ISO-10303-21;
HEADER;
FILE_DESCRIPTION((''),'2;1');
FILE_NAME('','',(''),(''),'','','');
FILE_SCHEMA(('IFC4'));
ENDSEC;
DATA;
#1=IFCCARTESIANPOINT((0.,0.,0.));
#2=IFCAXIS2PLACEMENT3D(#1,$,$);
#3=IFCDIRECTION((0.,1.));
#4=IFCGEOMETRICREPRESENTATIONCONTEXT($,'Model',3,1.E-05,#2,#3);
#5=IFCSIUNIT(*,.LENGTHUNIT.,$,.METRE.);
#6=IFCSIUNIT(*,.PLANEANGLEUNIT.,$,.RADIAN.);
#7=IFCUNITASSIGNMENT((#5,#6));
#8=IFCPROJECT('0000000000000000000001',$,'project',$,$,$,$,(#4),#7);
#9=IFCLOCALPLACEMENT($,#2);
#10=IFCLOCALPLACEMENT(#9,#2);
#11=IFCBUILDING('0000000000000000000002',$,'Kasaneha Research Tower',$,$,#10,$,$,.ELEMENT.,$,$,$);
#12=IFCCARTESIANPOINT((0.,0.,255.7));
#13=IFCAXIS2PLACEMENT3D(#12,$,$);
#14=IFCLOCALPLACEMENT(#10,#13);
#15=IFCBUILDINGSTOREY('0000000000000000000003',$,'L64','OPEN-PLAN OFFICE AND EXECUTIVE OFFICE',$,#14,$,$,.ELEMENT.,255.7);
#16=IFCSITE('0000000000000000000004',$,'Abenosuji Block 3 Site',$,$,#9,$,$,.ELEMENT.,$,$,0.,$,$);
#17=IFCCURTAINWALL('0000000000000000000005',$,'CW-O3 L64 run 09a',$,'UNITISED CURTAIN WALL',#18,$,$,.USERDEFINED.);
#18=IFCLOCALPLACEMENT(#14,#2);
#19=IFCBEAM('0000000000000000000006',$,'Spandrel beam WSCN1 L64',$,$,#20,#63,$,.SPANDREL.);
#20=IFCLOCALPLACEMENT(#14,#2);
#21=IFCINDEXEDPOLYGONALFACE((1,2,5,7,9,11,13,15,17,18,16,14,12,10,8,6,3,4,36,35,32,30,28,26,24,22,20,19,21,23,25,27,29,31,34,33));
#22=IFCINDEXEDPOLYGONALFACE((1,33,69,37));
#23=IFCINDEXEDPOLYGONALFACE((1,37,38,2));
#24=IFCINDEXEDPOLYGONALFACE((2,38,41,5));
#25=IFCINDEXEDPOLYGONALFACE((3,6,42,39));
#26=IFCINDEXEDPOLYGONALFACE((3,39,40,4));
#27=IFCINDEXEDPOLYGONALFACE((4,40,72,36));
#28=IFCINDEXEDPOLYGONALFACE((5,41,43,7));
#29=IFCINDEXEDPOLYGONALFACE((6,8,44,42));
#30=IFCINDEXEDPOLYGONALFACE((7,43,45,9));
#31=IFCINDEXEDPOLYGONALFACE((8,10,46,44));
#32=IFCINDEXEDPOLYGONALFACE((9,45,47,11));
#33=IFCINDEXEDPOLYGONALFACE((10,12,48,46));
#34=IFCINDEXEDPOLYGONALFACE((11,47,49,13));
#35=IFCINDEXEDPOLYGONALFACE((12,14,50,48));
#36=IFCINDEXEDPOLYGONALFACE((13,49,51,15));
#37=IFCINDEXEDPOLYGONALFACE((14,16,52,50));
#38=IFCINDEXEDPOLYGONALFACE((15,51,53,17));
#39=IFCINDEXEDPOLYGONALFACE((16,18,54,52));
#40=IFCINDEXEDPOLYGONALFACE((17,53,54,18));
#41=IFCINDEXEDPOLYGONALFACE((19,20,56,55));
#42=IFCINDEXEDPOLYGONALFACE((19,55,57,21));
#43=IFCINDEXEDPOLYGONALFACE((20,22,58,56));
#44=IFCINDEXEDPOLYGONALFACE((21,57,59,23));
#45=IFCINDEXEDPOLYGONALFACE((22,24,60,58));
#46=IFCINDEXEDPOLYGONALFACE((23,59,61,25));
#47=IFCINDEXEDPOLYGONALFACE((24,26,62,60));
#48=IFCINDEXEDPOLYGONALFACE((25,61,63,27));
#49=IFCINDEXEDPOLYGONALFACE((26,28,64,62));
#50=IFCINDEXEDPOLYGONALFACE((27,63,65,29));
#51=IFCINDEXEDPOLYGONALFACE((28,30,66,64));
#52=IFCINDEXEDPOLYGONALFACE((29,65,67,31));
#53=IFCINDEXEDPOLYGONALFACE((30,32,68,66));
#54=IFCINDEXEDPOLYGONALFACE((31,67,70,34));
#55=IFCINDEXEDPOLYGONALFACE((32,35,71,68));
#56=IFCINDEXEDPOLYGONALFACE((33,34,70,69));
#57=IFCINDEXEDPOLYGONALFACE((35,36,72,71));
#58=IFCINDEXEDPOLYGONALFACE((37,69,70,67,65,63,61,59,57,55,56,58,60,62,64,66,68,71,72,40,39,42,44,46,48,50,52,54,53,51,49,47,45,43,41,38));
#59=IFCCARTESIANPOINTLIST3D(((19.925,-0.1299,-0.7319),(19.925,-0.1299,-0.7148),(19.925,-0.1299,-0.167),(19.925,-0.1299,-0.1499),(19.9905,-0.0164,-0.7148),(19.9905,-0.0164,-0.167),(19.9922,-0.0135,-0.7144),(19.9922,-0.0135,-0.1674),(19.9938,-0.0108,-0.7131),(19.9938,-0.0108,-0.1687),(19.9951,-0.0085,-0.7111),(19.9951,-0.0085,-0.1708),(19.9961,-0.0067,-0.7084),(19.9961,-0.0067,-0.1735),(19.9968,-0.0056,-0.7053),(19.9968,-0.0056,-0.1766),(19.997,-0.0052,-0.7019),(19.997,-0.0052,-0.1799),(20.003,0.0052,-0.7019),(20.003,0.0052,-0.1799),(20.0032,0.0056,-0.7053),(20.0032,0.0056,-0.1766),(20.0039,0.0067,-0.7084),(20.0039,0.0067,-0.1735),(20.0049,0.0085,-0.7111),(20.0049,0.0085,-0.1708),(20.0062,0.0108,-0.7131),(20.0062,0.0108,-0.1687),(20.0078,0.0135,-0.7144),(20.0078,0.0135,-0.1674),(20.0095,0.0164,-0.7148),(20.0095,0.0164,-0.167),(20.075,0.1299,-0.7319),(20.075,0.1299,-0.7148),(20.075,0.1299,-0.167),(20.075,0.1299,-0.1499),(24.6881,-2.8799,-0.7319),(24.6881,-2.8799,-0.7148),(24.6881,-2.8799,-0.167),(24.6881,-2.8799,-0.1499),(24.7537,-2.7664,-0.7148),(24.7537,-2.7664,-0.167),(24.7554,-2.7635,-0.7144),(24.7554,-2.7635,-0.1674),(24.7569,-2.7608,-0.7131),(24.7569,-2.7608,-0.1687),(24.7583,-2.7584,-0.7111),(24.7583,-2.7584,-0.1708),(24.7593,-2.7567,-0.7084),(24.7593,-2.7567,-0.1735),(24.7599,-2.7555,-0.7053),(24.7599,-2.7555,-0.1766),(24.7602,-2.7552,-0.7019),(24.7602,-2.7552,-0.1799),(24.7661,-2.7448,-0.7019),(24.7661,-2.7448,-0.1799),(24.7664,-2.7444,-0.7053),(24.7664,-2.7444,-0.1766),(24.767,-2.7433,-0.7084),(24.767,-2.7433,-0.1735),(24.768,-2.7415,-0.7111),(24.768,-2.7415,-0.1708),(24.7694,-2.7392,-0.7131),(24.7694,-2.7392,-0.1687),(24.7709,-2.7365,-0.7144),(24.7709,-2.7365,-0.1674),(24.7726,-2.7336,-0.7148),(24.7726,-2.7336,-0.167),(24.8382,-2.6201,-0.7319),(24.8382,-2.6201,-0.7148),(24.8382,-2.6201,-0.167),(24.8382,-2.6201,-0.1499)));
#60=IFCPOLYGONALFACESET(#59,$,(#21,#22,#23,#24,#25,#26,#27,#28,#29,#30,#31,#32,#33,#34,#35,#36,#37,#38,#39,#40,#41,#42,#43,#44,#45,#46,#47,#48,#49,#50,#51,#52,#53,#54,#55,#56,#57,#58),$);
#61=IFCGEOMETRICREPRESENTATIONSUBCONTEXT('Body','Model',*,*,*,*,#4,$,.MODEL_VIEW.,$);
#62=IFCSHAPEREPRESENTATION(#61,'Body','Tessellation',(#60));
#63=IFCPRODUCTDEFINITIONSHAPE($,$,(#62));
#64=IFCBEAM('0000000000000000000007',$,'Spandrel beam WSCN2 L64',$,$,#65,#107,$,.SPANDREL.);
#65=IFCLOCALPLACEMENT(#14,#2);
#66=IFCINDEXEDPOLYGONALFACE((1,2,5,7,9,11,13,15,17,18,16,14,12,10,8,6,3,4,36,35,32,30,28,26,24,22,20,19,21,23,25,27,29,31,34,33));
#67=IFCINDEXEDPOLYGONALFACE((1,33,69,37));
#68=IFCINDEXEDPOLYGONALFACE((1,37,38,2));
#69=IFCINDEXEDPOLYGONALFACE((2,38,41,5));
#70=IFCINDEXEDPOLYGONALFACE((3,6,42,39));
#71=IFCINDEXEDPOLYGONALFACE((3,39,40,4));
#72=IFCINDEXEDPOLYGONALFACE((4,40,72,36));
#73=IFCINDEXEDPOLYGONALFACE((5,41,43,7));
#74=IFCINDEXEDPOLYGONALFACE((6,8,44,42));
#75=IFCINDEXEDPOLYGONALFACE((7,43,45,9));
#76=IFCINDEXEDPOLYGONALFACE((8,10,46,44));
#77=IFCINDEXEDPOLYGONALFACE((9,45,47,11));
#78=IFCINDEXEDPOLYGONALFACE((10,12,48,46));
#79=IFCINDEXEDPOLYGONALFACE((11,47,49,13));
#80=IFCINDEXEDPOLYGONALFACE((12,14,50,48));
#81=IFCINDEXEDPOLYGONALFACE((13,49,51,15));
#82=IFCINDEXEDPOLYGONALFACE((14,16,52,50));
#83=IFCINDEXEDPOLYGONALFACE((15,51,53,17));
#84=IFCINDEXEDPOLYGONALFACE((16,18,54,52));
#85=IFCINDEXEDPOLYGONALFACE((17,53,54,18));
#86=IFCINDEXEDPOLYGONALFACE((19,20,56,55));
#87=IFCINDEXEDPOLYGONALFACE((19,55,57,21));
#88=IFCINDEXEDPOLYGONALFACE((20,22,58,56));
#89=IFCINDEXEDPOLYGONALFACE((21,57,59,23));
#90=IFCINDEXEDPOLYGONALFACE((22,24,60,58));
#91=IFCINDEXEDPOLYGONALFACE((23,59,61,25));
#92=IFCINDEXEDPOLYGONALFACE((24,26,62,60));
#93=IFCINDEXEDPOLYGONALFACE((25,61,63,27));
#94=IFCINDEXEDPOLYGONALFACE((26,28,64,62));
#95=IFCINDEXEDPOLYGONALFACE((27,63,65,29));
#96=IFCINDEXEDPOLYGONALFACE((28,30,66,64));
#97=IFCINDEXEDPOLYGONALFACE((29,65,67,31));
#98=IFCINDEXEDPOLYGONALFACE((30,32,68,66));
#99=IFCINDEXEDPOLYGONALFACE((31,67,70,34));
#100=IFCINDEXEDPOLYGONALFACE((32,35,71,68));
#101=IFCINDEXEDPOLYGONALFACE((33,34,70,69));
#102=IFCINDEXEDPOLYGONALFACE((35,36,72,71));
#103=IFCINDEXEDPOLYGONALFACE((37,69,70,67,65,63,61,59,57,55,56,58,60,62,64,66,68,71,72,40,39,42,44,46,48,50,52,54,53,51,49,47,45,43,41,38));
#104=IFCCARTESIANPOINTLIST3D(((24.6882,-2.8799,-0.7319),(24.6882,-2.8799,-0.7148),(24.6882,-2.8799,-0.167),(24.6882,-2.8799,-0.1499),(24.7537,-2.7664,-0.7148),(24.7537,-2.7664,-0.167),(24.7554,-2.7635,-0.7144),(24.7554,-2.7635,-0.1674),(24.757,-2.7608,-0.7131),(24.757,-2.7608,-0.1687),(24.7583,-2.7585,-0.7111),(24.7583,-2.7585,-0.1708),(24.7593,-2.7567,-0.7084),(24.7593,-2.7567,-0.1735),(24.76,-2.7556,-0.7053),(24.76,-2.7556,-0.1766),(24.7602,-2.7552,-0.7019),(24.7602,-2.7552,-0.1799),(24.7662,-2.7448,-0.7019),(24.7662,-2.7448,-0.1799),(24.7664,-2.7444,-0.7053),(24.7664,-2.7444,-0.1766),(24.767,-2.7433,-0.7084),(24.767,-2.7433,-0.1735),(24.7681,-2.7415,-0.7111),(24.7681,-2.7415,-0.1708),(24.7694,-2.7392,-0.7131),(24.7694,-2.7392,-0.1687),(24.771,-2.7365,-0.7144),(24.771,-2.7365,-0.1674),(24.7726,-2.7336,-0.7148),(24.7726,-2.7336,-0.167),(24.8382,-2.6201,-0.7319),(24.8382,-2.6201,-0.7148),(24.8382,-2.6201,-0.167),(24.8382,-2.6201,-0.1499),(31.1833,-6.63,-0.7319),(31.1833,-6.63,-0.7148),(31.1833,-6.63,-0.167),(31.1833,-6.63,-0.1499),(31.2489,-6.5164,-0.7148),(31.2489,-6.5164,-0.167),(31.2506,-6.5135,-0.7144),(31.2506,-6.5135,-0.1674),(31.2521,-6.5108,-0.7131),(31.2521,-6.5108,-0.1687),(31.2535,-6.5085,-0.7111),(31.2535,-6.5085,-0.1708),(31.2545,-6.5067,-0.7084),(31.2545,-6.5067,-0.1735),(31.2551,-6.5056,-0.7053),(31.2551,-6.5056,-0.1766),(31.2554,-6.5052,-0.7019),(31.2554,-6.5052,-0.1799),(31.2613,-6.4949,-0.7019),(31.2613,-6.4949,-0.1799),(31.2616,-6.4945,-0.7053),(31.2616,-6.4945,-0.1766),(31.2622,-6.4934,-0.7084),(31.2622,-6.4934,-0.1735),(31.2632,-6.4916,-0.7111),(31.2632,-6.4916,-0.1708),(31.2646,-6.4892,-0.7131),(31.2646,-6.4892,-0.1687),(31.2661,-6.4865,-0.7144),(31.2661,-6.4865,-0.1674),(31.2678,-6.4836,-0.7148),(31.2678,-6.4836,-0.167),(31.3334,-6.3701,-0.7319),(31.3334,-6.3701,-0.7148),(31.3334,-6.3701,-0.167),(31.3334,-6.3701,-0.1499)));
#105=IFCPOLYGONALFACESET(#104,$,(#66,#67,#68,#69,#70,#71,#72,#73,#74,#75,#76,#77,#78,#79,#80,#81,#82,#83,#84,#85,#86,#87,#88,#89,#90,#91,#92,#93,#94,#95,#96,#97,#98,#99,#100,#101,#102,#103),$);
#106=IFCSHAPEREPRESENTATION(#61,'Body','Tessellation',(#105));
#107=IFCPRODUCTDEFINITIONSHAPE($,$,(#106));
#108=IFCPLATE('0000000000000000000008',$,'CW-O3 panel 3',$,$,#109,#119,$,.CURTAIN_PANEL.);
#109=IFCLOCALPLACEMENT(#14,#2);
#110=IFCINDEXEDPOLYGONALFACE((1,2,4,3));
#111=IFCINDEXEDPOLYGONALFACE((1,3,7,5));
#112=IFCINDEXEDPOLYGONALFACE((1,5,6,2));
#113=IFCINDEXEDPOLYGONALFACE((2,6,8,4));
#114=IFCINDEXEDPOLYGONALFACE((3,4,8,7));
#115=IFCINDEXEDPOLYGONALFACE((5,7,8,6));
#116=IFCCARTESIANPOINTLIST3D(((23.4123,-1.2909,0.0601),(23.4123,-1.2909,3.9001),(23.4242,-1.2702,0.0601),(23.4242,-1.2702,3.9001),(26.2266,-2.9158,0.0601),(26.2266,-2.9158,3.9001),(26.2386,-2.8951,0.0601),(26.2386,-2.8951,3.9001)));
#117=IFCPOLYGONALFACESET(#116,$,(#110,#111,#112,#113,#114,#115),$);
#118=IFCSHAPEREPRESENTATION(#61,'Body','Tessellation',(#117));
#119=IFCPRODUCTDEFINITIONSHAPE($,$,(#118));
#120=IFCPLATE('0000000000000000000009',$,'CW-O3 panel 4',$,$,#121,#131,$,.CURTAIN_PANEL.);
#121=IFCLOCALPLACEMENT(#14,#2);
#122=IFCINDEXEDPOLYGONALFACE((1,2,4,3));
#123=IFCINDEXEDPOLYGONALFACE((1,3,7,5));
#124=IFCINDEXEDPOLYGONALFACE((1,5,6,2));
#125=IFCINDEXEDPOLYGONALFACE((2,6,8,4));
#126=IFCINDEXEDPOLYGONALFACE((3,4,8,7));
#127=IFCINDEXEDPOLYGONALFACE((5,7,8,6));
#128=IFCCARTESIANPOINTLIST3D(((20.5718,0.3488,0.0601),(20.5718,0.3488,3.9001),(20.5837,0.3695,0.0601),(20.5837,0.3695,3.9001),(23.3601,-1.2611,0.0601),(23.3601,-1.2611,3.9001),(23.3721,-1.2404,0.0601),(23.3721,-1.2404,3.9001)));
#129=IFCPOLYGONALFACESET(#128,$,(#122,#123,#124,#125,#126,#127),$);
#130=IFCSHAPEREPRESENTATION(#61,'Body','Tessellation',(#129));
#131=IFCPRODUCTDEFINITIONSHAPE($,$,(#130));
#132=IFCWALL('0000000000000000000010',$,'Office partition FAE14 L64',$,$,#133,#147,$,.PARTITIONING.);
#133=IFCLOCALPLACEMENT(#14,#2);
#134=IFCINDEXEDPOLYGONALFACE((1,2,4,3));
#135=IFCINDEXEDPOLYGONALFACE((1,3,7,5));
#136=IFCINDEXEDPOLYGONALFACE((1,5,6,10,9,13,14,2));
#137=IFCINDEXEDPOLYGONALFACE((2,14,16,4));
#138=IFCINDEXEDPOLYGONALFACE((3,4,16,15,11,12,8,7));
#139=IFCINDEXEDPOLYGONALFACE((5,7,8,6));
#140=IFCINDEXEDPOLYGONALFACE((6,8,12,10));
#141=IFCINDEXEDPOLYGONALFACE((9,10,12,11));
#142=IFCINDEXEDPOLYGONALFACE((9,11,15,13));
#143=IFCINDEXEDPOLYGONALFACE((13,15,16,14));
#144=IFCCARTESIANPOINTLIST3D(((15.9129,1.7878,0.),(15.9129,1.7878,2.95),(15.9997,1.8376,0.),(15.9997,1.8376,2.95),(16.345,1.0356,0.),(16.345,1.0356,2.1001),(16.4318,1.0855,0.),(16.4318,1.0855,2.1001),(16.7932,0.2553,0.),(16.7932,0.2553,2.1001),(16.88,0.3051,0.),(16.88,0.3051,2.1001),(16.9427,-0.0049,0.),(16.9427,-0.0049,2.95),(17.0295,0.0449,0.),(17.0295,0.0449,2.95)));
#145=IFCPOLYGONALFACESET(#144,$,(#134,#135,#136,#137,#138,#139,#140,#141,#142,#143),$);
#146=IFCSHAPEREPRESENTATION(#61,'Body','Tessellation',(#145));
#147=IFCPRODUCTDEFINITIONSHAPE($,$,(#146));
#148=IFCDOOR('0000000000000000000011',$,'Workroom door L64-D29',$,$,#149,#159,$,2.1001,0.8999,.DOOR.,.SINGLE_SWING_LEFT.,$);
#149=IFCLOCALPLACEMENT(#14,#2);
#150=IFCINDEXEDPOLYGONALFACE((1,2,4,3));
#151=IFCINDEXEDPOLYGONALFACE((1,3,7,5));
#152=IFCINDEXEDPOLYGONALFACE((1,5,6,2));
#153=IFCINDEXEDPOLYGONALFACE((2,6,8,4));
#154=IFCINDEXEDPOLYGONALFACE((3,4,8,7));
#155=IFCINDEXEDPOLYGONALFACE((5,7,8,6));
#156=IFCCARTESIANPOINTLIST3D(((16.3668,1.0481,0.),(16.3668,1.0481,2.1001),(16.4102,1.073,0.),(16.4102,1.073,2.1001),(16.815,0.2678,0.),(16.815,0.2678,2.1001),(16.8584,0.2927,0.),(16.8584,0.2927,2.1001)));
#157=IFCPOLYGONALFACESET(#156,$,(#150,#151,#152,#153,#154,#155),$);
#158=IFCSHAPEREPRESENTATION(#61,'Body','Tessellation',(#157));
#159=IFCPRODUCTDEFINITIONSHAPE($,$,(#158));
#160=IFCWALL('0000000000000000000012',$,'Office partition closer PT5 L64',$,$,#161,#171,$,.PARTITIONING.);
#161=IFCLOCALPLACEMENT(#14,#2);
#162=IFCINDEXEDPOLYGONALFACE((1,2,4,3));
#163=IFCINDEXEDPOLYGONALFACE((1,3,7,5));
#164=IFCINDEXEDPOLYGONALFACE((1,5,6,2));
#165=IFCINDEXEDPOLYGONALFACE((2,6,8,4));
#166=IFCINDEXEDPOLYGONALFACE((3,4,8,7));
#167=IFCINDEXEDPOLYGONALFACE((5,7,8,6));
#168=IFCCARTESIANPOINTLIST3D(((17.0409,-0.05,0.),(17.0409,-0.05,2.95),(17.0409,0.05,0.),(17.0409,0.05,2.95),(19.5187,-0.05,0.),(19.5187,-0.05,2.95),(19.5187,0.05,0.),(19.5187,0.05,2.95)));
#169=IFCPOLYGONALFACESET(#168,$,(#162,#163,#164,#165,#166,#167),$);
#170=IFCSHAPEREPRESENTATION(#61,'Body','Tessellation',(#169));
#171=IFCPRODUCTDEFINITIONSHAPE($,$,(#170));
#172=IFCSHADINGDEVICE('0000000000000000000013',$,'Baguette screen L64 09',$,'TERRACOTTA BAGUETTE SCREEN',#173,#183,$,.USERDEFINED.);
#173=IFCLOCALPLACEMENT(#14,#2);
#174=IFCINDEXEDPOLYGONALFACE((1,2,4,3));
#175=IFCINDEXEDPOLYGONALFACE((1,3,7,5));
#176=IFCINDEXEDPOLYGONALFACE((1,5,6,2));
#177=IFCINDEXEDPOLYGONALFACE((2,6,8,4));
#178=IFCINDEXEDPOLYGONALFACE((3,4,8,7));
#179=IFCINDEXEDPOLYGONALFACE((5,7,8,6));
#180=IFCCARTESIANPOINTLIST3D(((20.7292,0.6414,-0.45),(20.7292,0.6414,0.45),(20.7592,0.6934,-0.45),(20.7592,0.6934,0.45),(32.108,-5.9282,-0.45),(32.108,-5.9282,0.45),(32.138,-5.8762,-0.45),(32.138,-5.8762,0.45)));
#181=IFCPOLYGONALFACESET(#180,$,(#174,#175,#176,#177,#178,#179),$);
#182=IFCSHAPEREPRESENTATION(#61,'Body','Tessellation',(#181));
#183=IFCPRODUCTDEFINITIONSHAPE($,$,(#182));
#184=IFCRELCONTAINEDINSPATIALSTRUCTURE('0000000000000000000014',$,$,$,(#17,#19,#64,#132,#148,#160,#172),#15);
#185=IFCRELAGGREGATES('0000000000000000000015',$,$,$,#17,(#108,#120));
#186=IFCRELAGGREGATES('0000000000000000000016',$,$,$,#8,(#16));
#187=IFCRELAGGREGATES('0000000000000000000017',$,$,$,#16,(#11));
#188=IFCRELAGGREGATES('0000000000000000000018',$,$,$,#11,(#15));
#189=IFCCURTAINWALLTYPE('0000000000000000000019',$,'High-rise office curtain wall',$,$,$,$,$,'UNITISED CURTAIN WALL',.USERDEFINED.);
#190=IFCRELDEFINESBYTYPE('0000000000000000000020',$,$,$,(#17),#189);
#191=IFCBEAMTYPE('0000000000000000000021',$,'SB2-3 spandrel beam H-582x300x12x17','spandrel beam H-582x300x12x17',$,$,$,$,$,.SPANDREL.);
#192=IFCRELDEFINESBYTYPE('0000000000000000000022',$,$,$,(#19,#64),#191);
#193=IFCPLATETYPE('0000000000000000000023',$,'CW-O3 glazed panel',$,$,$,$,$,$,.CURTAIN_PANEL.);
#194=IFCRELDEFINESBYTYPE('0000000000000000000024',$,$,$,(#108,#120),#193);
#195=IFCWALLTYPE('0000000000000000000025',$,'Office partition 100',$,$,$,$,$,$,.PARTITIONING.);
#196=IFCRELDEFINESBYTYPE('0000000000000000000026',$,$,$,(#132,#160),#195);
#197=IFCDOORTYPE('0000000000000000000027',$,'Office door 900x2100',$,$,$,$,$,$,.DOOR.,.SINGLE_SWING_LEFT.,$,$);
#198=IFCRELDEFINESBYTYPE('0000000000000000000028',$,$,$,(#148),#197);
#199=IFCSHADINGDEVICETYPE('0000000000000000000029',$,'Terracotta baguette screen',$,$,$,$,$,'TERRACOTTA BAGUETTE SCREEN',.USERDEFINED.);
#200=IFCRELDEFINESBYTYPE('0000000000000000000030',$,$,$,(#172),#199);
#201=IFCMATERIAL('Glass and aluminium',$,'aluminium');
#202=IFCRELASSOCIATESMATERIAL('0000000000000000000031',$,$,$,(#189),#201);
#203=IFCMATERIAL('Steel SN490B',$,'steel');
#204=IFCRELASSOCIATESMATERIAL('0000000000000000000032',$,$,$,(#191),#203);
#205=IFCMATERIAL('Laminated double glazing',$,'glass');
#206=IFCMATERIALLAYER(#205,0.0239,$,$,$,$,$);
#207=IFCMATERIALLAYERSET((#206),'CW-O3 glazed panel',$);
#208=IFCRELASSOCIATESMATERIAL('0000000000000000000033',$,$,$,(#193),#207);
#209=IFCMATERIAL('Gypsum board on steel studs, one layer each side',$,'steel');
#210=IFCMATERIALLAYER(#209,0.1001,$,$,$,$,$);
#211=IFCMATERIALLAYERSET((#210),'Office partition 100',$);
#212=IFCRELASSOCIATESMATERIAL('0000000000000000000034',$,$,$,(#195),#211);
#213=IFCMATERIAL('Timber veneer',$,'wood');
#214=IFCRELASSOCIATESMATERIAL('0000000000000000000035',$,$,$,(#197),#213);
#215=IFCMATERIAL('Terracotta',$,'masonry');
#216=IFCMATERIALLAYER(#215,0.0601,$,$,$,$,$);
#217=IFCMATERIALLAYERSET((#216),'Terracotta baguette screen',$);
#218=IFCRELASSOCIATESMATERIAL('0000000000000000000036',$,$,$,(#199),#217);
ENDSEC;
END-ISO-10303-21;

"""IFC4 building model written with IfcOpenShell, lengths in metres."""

from ifc_helpers import new_model, si_unit, direction, frame, frame_2d, origin, origin_2d, place, context, subcontext, project, spatial, rectangle, i_section, extrude, material, layer, layer_set, material_profile, profile_set, type_object, element, fill, aggregate, save


model = new_model("IFC4")

# Units and contexts
model_context = context("Model", 3, precision=1e-05, world=origin(), true_north=direction((0.0, 1.0)))
body_context = subcontext(model_context, "Body", "Model", "MODEL_VIEW")
ifc_project = project(units=[si_unit("LENGTHUNIT", "METRE"), si_unit("PLANEANGLEUNIT", "RADIAN")], contexts=[model_context])

# Site, building, storey
site_placement = place(None, origin())
site = spatial("IfcSite", under=ifc_project, at=site_placement, Name="Abenosuji Block 3 Site", CompositionType="ELEMENT", RefElevation=0.0)
building_placement = place(site_placement, origin())
building = spatial("IfcBuilding", under=site, at=building_placement, Name="Kasaneha Research Tower", CompositionType="ELEMENT")
storey_placement = place(building_placement, frame((0.0, 0.0, 255.7)))
storey = spatial("IfcBuildingStorey", under=building, at=storey_placement, Name="L64", Description="OPEN-PLAN OFFICE AND EXECUTIVE OFFICE", CompositionType="ELEMENT", Elevation=255.7)

# Curtain wall
ifc_material_1 = material(Name="Glass and aluminium", Category="aluminium")
curtain_wall_type = type_object("IfcCurtainWallType", Name="High-rise office curtain wall", ElementType="UNITISED CURTAIN WALL", PredefinedType="USERDEFINED", material=ifc_material_1)
curtain_wall_placement = place(storey_placement, origin())
curtain_wall = element("IfcCurtainWall", 1, at=curtain_wall_placement, inside=storey, type_object=curtain_wall_type, Name="CW-O3 L64 run 09a", ObjectType="UNITISED CURTAIN WALL", PredefinedType="USERDEFINED")

# Beams
ifc_material_2 = material(Name="Steel SN490B", Category="steel")
ifc_material_profile_1 = material_profile(ifc_material_2, i_section(OverallWidth=0.3, OverallDepth=0.582, WebThickness=0.012, FlangeThickness=0.0171, FilletRadius=0.0129, at=origin_2d()), Name="H-582x300x12x17")
ifc_profile_set_1 = profile_set([ifc_material_profile_1], Name="Steel SN490B")
beam_type_1 = type_object("IfcBeamType", Name="SB2-3 spandrel beam H-582x300x12x17", Description="spandrel beam H-582x300x12x17", PredefinedType="SPANDREL", material=ifc_profile_set_1)
beam_1_placement = place(storey_placement, frame((20.0, 0.0, -0.4409), z_axis=(0.866027, -0.499997, 0.0), x_axis=(0.499997, 0.866027, 0.0)))
element("IfcBeam", 2, at=beam_1_placement, inside=storey, type_object=beam_type_1, Name="Spandrel beam WSCN1 L64", PredefinedType="SPANDREL", context=body_context, shape_type="SweptSolid", body=[
    extrude(i_section(OverallWidth=0.3, OverallDepth=0.582, WebThickness=0.012, FlangeThickness=0.0171, FilletRadius=0.0129, at=origin_2d()), origin(), (0.0, 0.0, 1.0), 5.5),
])
beam_2_placement = place(storey_placement, frame((24.7632, -2.75, -0.4409), z_axis=(0.866023, -0.500004, 0.0), x_axis=(0.500004, 0.866023, 0.0)))
element("IfcBeam", 3, at=beam_2_placement, inside=storey, type_object=beam_type_1, Name="Spandrel beam WSCN2 L64", PredefinedType="SPANDREL", context=body_context, shape_type="SweptSolid", body=[
    extrude(i_section(OverallWidth=0.3, OverallDepth=0.582, WebThickness=0.012, FlangeThickness=0.0171, FilletRadius=0.0129, at=origin_2d()), origin(), (0.0, 0.0, 1.0), 7.5),
])

# Plates
ifc_material_3 = material(Name="Laminated double glazing", Category="glass")
ifc_layer_1 = layer(ifc_material_3, 0.0239)
ifc_layer_set_1 = layer_set([ifc_layer_1], Name="CW-O3 glazed panel")
plate_type = type_object("IfcPlateType", Name="CW-O3 glazed panel", PredefinedType="CURTAIN_PANEL", material=ifc_layer_set_1)
plate_1_placement = place(storey_placement, frame((24.8254, -2.093, 0.0601), z_axis=(0.0, 0.0, 1.0), x_axis=(-0.866025, 0.5, 0.0)))
plate_1 = element("IfcPlate", 4, at=plate_1_placement, type_object=plate_type, Name="CW-O3 panel 3", PredefinedType="CURTAIN_PANEL", context=body_context, shape_type="SweptSolid", body=[
    extrude(rectangle(XDim=3.2498, YDim=0.0239, at=origin_2d()), origin(), (0.0, 0.0, 1.0), 3.8401),
])
plate_2_placement = place(storey_placement, frame((21.9719, -0.4458, 0.0601), z_axis=(0.0, 0.0, 1.0), x_axis=(-0.866025, 0.5, 0.0)))
plate_2 = element("IfcPlate", 5, at=plate_2_placement, type_object=plate_type, Name="CW-O3 panel 4", PredefinedType="CURTAIN_PANEL", context=body_context, shape_type="SweptSolid", body=[
    extrude(rectangle(XDim=3.2197, YDim=0.0239, at=origin_2d()), origin(), (0.0, 0.0, 1.0), 3.8401),
])
aggregate(curtain_wall, [plate_1, plate_2])

# Wall, opening, door
ifc_material_4 = material(Name="Gypsum board on steel studs, one layer each side", Category="steel")
ifc_layer_2 = layer(ifc_material_4, 0.1001)
ifc_layer_set_2 = layer_set([ifc_layer_2], Name="Office partition 100")
wall_type = type_object("IfcWallType", Name="Office partition 100", PredefinedType="PARTITIONING", material=ifc_layer_set_2)
wall_1_placement = place(storey_placement, frame((16.9861, 0.02, 0.0), z_axis=(0.0, 0.0, 1.0), x_axis=(-0.498096, 0.867122, 0.0)))
wall_1 = element("IfcWall", 6, at=wall_1_placement, inside=storey, type_object=wall_type, Name="Office partition FAE14 L64", PredefinedType="PARTITIONING", context=body_context, shape_type="SweptSolid", body=[
    extrude(rectangle(XDim=2.0674, YDim=0.1001, at=frame_2d((1.0337, 0.0))), origin(), (0.0, 0.0, 1.0), 2.95),
])
opening_placement = place(wall_1_placement, frame((0.3, 0.0, 0.0)))
opening = element("IfcOpeningElement", 7, at=opening_placement, cuts=wall_1, PredefinedType="OPENING", context=body_context, shape_type="SweptSolid", body=[
    extrude(rectangle(XDim=0.8999, YDim=2.1001, at=frame_2d((0.45, 1.05))), frame((0.0, 0.0601, 0.0), z_axis=(0.0, -1.0, 0.0), x_axis=(1.0, 0.0, 0.0)), (0.0, 0.0, 1.0), 0.1201),
])
ifc_material_5 = material(Name="Timber veneer", Category="wood")
door_type = type_object("IfcDoorType", Name="Office door 900x2100", OperationType="SINGLE_SWING_LEFT", PredefinedType="DOOR", material=ifc_material_5)
door_placement = place(opening_placement, origin())
door = element("IfcDoor", 8, at=door_placement, inside=storey, type_object=door_type, Name="Workroom door L64-D29", OperationType="SINGLE_SWING_LEFT", OverallHeight=2.1001, OverallWidth=0.8999, PredefinedType="DOOR", context=body_context, shape_type="SweptSolid", body=[
    extrude(rectangle(XDim=0.8999, YDim=2.1001, at=frame_2d((0.45, 1.05))), frame((0.0, 0.0249, 0.0), z_axis=(0.0, -1.0, 0.0), x_axis=(1.0, 0.0, 0.0)), (0.0, 0.0, 1.0), 0.05),
])
fill(opening, door)

# Wall
wall_2_placement = place(storey_placement, frame((19.5186, 0.0, 0.0), z_axis=(0.0, 0.0, 1.0), x_axis=(-1.0, 0.0, 0.0)))
element("IfcWall", 9, at=wall_2_placement, inside=storey, type_object=wall_type, Name="Office partition closer PT5 L64", PredefinedType="PARTITIONING", context=body_context, shape_type="SweptSolid", body=[
    extrude(rectangle(XDim=2.4778, YDim=0.1001, at=frame_2d((1.2388, 0.0))), origin(), (0.0, 0.0, 1.0), 2.95),
])

# Shading device
ifc_material_6 = material(Name="Terracotta", Category="masonry")
ifc_layer_3 = layer(ifc_material_6, 0.0601)
ifc_layer_set_3 = layer_set([ifc_layer_3], Name="Terracotta baguette screen")
shading_device_type = type_object("IfcShadingDeviceType", Name="Terracotta baguette screen", ElementType="TERRACOTTA BAGUETTE SCREEN", PredefinedType="USERDEFINED", material=ifc_layer_set_3)
shading_device_placement = place(storey_placement, frame((26.4336, -2.6174, -0.45), z_axis=(0.0, 0.0, 1.0), x_axis=(-0.866025, 0.5, 0.0)))
element("IfcShadingDevice", 10, at=shading_device_placement, inside=storey, type_object=shading_device_type, Name="Baguette screen L64 09", ObjectType="TERRACOTTA BAGUETTE SCREEN", PredefinedType="USERDEFINED", context=body_context, shape_type="SweptSolid", body=[
    extrude(rectangle(XDim=13.1392, YDim=0.0601, at=origin_2d()), origin(), (0.0, 0.0, 1.0), 0.8999),
])

save(model, "model.ifc")
